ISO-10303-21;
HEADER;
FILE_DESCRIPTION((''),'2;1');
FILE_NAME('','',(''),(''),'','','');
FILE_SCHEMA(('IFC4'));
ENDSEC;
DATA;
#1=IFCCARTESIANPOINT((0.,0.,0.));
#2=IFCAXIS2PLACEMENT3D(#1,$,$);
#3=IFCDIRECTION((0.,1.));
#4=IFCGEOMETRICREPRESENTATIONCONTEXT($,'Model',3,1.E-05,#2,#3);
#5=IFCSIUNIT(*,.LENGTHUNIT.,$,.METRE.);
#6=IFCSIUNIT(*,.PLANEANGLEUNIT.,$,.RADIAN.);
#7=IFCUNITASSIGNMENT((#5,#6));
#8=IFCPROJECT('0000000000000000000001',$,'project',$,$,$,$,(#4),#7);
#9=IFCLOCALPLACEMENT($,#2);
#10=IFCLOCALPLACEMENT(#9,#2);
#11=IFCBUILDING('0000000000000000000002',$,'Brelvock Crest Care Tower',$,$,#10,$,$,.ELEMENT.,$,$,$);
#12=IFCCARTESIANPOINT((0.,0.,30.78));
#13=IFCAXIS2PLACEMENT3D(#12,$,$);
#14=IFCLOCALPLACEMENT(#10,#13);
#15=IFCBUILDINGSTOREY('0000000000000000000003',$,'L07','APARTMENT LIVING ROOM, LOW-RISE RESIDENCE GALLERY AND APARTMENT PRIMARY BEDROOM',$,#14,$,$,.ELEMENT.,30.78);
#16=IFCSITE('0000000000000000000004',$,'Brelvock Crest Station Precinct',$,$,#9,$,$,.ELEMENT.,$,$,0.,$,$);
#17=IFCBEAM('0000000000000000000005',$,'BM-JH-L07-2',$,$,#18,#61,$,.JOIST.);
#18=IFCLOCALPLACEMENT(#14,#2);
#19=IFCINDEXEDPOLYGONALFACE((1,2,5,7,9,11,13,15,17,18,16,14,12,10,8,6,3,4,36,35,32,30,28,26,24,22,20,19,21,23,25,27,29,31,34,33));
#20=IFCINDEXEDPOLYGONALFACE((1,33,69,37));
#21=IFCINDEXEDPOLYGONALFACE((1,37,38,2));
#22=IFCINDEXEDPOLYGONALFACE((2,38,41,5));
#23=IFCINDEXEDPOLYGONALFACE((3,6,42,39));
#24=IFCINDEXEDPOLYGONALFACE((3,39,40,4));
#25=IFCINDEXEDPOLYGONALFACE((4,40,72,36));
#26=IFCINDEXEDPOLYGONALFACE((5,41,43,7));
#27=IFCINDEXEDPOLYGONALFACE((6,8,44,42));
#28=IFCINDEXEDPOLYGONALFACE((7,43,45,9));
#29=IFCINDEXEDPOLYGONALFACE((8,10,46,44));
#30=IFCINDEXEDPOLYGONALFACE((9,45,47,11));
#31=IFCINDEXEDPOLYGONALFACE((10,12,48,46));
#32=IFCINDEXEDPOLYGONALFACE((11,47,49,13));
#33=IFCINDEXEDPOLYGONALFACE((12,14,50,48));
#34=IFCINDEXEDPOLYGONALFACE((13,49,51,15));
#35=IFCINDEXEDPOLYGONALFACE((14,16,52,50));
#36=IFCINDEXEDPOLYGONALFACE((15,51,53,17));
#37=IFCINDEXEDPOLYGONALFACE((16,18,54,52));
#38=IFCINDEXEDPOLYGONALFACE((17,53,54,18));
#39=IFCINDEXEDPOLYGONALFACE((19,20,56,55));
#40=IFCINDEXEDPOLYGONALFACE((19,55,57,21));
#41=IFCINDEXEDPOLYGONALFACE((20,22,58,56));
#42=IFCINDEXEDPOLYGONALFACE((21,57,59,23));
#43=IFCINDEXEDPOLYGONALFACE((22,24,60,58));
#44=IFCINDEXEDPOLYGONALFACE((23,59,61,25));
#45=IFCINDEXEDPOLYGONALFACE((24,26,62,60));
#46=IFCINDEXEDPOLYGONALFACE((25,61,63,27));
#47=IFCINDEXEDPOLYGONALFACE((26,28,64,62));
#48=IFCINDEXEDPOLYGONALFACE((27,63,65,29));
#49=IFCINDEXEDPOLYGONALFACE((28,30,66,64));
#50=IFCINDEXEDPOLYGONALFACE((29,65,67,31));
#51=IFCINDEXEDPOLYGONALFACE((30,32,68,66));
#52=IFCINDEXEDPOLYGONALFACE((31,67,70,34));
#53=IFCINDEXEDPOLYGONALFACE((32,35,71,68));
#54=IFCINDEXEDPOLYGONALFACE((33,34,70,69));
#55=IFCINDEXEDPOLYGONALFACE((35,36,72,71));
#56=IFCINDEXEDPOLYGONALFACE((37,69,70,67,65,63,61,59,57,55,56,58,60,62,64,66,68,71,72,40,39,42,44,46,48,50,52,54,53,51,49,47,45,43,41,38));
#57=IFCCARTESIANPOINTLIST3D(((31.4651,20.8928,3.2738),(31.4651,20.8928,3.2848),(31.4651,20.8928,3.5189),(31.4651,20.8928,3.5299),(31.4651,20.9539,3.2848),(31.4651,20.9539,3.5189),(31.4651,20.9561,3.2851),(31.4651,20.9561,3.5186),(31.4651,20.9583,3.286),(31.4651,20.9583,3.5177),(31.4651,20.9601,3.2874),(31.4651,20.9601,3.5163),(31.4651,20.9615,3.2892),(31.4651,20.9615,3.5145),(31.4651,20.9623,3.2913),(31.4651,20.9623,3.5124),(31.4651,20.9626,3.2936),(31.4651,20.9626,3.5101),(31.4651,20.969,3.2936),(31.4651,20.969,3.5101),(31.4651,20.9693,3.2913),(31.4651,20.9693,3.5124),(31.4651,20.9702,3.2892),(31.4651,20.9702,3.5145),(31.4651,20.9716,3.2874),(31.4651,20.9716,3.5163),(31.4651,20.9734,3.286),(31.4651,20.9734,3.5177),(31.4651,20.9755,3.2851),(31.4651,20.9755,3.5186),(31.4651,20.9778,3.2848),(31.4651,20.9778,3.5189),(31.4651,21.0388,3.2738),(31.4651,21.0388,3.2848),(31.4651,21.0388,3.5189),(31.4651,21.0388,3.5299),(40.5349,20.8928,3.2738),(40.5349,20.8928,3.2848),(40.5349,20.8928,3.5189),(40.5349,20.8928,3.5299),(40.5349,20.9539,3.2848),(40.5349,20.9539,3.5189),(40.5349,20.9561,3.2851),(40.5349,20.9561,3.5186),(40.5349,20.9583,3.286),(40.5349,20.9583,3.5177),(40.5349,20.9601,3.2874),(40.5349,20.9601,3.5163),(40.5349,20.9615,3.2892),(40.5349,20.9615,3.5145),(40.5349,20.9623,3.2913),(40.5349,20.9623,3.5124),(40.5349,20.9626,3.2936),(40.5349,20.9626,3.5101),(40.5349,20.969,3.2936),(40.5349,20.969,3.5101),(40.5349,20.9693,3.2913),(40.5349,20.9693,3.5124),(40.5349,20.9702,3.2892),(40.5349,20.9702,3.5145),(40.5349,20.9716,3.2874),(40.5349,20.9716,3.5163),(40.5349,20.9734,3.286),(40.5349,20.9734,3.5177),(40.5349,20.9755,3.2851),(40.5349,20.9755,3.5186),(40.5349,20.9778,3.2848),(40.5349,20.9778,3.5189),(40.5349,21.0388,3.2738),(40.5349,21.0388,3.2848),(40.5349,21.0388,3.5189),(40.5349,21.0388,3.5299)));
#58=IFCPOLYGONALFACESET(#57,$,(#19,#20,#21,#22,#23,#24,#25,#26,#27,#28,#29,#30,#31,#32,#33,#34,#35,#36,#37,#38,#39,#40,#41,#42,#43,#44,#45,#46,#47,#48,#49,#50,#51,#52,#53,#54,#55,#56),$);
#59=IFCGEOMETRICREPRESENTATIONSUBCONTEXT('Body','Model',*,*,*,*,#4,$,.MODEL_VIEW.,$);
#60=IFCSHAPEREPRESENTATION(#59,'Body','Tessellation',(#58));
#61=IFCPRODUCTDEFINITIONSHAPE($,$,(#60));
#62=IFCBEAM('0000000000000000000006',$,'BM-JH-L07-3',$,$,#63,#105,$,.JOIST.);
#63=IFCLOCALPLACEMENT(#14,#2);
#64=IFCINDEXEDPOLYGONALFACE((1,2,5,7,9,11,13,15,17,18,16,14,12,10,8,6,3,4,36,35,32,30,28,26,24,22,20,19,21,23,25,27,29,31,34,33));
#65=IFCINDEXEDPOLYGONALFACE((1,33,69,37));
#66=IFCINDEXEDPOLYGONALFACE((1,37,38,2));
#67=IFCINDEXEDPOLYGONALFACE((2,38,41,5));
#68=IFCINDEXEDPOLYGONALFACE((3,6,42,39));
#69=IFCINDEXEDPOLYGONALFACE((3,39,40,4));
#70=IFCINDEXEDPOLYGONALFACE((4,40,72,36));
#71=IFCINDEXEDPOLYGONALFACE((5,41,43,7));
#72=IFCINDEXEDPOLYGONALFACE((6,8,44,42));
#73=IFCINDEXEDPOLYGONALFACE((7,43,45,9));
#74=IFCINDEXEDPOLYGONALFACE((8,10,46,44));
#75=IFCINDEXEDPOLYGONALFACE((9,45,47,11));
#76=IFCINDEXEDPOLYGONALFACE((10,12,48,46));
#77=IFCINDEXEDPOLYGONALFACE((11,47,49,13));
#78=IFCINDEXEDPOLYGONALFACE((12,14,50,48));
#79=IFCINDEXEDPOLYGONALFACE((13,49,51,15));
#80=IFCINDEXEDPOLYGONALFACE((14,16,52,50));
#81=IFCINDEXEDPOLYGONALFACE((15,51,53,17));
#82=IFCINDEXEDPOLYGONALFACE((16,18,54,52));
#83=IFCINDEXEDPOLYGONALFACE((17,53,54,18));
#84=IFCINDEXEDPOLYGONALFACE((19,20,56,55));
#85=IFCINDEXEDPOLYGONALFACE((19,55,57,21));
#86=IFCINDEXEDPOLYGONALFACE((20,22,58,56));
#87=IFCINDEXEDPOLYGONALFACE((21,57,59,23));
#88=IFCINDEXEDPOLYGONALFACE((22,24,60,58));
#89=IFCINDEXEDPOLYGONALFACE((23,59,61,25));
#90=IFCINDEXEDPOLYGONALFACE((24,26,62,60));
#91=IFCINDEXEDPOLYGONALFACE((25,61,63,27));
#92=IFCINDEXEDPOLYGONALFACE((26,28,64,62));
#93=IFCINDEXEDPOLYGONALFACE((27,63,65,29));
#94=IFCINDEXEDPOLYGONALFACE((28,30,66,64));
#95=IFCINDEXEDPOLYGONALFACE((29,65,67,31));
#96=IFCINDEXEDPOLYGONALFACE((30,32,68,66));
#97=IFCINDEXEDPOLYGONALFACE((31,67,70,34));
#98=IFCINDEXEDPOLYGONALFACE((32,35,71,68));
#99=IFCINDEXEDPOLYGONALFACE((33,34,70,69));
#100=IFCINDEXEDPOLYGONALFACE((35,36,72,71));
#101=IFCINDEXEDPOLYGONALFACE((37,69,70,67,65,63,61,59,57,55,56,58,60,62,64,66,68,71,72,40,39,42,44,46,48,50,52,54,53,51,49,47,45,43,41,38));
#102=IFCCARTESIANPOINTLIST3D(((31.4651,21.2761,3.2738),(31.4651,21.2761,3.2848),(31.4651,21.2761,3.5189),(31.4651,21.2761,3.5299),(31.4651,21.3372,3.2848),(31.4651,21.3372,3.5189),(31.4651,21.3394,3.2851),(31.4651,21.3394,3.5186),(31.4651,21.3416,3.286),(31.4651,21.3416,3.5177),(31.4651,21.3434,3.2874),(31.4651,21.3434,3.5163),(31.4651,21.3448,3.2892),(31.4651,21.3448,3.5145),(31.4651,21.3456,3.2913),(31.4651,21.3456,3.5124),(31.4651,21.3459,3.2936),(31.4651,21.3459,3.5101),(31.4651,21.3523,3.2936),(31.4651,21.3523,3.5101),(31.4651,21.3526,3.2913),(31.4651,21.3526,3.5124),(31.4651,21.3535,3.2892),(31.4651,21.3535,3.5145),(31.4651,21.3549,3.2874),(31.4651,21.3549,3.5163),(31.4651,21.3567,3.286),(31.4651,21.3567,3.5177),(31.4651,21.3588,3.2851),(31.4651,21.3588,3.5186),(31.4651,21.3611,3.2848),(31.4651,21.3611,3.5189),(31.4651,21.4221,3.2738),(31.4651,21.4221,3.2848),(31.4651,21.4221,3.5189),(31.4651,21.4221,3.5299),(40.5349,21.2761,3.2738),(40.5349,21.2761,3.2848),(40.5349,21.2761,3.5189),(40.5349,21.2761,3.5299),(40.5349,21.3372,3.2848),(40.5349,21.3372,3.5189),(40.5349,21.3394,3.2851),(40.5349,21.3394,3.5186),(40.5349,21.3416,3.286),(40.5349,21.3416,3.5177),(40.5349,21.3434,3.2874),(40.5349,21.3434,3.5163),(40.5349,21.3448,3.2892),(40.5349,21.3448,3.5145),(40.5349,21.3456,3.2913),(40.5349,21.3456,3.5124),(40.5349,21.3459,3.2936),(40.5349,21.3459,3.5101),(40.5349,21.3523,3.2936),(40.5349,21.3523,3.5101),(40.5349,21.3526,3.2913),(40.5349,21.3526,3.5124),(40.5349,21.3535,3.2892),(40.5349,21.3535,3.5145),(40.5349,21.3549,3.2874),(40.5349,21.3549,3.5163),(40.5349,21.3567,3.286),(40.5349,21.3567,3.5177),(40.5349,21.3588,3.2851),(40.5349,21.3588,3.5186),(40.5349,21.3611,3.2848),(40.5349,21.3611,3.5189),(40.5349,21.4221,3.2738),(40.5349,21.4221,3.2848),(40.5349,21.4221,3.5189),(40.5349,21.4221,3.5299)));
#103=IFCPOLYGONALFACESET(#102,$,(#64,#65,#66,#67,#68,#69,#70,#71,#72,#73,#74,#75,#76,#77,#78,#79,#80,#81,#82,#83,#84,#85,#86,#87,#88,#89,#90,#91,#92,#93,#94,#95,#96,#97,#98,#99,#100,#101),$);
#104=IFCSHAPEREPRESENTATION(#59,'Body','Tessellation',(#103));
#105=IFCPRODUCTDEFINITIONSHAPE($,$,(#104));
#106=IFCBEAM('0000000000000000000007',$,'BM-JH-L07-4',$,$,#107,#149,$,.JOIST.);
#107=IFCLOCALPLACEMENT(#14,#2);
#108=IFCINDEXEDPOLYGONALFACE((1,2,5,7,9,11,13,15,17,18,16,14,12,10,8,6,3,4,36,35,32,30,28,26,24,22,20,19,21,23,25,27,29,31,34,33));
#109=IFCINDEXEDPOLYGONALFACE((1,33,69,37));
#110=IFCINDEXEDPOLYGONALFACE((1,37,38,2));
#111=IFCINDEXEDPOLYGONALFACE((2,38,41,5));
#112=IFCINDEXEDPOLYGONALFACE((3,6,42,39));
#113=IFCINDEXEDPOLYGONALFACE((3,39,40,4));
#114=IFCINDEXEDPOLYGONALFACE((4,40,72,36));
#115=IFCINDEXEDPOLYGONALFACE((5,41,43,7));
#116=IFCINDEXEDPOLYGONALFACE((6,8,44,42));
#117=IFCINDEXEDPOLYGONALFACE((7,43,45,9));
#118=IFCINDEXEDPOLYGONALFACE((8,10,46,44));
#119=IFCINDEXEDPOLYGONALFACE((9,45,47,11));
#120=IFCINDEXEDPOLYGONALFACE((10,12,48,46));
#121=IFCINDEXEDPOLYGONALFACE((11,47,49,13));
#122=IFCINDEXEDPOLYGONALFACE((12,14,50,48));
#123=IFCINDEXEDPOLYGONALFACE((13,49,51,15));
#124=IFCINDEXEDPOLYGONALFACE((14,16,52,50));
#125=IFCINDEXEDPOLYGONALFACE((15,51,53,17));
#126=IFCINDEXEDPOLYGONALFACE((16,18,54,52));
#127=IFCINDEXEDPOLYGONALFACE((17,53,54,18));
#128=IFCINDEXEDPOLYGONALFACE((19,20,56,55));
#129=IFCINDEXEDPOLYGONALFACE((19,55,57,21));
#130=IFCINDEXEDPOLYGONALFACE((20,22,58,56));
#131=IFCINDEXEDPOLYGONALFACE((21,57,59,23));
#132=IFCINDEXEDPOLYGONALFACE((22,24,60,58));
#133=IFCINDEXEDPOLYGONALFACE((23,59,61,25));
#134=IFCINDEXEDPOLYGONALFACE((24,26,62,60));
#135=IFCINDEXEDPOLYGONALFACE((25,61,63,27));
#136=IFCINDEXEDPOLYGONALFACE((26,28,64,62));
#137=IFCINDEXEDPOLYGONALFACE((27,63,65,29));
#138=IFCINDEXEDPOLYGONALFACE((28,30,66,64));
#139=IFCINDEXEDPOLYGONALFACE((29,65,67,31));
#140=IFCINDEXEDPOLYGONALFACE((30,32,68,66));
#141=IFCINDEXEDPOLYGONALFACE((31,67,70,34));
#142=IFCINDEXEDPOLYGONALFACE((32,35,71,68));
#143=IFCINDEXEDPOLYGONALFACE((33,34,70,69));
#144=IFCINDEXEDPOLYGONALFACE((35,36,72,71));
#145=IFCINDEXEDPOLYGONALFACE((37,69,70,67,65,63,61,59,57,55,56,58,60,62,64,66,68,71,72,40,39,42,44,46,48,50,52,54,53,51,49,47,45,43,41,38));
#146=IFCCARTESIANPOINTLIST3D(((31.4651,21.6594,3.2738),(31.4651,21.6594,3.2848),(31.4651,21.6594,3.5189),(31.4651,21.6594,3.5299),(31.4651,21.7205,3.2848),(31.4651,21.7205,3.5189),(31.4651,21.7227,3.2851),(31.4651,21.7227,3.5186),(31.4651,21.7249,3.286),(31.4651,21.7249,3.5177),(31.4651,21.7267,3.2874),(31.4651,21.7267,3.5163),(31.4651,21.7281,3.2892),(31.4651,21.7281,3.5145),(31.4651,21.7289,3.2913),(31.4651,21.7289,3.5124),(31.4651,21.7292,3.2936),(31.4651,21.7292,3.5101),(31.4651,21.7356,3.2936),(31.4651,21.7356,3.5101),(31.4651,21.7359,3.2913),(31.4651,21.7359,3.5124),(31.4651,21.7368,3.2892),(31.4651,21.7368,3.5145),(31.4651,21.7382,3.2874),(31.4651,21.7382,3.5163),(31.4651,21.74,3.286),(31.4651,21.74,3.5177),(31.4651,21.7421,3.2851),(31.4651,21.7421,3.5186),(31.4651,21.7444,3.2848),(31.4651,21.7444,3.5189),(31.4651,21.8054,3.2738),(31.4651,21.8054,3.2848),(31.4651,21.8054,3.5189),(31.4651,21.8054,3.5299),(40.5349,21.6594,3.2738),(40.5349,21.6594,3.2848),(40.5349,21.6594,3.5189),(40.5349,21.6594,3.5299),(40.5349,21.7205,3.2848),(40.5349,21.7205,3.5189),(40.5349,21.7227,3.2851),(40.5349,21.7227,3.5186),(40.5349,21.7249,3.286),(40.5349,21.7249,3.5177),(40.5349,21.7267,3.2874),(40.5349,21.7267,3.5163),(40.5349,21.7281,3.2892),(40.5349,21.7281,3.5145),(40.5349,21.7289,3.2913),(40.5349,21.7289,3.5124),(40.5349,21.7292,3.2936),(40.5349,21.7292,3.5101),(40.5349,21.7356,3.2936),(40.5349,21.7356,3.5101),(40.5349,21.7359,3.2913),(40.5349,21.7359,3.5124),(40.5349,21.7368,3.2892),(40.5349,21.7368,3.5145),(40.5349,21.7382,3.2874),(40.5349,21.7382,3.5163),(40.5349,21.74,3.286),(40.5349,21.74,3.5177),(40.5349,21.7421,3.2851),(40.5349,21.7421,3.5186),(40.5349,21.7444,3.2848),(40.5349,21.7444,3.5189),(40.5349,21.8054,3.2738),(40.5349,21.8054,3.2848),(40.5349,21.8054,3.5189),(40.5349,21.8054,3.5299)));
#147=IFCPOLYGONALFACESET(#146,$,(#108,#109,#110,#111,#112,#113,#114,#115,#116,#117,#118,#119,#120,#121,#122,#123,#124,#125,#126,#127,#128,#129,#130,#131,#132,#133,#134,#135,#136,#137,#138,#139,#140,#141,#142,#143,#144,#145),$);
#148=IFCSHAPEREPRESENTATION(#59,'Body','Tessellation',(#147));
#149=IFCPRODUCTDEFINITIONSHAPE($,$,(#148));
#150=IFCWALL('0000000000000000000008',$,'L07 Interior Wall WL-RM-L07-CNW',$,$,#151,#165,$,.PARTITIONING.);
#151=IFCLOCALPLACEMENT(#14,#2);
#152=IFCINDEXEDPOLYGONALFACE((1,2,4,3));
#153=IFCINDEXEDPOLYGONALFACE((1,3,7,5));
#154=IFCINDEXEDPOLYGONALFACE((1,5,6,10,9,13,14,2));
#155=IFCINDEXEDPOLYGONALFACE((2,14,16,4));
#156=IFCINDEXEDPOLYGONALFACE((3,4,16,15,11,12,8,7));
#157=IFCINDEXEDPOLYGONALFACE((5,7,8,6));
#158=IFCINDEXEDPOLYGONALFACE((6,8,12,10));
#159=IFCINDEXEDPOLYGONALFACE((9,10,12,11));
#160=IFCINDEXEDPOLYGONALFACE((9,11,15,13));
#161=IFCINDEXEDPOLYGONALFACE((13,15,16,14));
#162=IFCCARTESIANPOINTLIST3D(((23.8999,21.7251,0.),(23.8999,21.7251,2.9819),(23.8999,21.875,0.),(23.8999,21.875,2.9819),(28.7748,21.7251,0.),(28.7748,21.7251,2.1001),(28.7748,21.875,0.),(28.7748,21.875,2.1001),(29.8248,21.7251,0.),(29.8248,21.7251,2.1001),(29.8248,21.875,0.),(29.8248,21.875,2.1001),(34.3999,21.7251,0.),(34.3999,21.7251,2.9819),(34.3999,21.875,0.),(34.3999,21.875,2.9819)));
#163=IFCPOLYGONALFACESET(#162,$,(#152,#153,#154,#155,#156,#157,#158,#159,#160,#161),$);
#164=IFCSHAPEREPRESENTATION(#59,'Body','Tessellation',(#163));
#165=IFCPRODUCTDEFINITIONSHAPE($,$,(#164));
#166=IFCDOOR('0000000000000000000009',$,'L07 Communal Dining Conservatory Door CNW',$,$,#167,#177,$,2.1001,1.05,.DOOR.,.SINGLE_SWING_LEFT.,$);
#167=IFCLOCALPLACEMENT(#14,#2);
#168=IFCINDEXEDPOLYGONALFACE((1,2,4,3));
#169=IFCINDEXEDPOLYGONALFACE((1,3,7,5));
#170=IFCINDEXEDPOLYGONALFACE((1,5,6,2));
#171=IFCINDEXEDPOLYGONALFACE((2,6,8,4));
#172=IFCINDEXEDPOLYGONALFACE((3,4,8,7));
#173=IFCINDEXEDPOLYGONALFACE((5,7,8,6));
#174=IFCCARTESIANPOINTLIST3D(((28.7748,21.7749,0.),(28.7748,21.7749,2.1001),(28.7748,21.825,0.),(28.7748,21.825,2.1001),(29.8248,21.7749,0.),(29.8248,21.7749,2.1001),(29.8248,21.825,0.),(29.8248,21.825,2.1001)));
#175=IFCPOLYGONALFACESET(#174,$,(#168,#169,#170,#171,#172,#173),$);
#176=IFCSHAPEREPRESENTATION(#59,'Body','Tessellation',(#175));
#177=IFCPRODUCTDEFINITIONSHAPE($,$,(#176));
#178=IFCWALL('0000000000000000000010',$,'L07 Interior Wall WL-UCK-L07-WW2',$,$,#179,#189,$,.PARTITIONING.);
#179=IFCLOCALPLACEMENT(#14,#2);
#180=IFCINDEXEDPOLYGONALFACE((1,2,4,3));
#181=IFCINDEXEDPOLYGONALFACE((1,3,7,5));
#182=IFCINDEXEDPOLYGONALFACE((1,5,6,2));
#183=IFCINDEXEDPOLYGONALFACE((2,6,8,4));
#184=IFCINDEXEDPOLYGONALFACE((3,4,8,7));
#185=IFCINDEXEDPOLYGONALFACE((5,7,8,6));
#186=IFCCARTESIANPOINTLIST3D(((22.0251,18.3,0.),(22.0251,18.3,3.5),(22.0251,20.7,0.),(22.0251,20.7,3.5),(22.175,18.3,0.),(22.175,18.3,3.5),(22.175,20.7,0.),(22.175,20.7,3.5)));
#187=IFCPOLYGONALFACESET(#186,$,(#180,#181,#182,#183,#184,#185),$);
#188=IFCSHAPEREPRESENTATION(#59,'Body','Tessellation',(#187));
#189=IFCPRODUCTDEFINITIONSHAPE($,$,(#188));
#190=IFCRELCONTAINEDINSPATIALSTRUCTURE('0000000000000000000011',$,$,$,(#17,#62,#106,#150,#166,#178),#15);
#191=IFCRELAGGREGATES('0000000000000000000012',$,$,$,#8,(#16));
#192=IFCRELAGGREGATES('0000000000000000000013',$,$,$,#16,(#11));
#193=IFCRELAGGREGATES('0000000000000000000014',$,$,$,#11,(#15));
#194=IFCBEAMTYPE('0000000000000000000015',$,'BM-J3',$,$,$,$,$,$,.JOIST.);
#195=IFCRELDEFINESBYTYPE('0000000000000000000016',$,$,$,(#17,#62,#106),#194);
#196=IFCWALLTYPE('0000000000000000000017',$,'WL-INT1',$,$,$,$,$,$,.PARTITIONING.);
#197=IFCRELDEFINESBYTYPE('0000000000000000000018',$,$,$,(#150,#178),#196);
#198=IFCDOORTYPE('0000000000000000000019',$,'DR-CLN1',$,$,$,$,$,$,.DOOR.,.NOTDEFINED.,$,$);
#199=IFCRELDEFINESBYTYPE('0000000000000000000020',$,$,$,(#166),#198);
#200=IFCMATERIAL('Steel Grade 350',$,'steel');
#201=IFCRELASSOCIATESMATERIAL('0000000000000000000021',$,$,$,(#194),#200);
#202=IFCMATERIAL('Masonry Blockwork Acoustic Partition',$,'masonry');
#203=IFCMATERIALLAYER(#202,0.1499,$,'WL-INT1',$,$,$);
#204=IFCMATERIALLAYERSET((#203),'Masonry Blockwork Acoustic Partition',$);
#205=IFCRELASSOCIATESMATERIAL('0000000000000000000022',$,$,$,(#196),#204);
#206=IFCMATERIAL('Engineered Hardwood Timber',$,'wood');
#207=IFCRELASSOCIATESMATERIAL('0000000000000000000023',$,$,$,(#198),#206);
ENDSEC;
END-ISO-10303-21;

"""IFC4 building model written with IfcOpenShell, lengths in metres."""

from ifc_helpers import new_model, si_unit, direction, frame, frame_2d, origin, origin_2d, place, context, subcontext, project, spatial, rectangle, i_section, extrude, source, transform, mapped, material, layer, layer_set, material_profile, profile_set, type_object, element, fill, save


model = new_model("IFC4")

# Units and contexts
model_context = context("Model", 3, precision=1e-05, world=origin(), true_north=direction((0.0, 1.0)))
body_context = subcontext(model_context, "Body", "Model", "MODEL_VIEW")
ifc_project = project(units=[si_unit("LENGTHUNIT", "METRE"), si_unit("PLANEANGLEUNIT", "RADIAN")], contexts=[model_context])

# Site, building, storey
site_placement = place(None, origin())
site = spatial("IfcSite", under=ifc_project, at=site_placement, Name="Brelvock Crest Station Precinct", CompositionType="ELEMENT", RefElevation=0.0)
building_placement = place(site_placement, origin())
building = spatial("IfcBuilding", under=site, at=building_placement, Name="Brelvock Crest Care Tower", CompositionType="ELEMENT")
storey_placement = place(building_placement, frame((0.0, 0.0, 30.78)))
storey = spatial("IfcBuildingStorey", under=building, at=storey_placement, Name="L07", Description="APARTMENT LIVING ROOM, LOW-RISE RESIDENCE GALLERY AND APARTMENT PRIMARY BEDROOM", CompositionType="ELEMENT", Elevation=30.78)

# Shared definitions
ifc_material_1 = material(Name="Steel Grade 350", Category="steel")

# Beams
ifc_material_profile_1 = material_profile(ifc_material_1, i_section(OverallWidth=0.146, OverallDepth=0.2561, WebThickness=0.0063, FlangeThickness=0.011, FilletRadius=0.0088, at=origin_2d()), Name="250UB37.3")
ifc_profile_set_1 = profile_set([ifc_material_profile_1], Name="Steel Grade 350")
beam_type_1 = type_object("IfcBeamType", Name="BM-J3", PredefinedType="JOIST", material=ifc_profile_set_1)
shared_shape_1 = source(origin(), body_context, "Body", "SweptSolid", [
    extrude(i_section(OverallWidth=0.146, OverallDepth=0.2561, WebThickness=0.0063, FlangeThickness=0.011, FilletRadius=0.0088, at=origin_2d()), origin(), (0.0, 0.0, 1.0), 9.0698),
])
for number, where, z_axis, x_axis, name in (
    (1, (31.4651, 20.9658, 3.4019), (1.0, 0.0, 0.0), (0.0, 1.0, 0.0), "BM-JH-L07-2"),
    (2, (31.4651, 21.3491, 3.4019), (1.0, 0.0, 0.0), (0.0, 1.0, 0.0), "BM-JH-L07-3"),
    (3, (31.4651, 21.7324, 3.4019), (1.0, 0.0, 0.0), (0.0, 1.0, 0.0), "BM-JH-L07-4"),
):
    element("IfcBeam", number, at=place(storey_placement, frame(where, z_axis=z_axis, x_axis=x_axis)), inside=storey, type_object=beam_type_1, Name=name, PredefinedType="JOIST", context=body_context, shape_type="MappedRepresentation", body=[
        mapped(shared_shape_1, transform((0.0, 0.0, 0.0), x_axis=(1.0, 0.0, 0.0), y_axis=(0.0, 1.0, 0.0), z_axis=(0.0, 0.0, 1.0), scale=1.0)),
    ])

# Wall, opening, door
ifc_material_2 = material(Name="Masonry Blockwork Acoustic Partition", Category="masonry")
ifc_layer_1 = layer(ifc_material_2, 0.1499, Name="WL-INT1")
ifc_layer_set_1 = layer_set([ifc_layer_1], Name="Masonry Blockwork Acoustic Partition")
wall_type_1 = type_object("IfcWallType", Name="WL-INT1", PredefinedType="PARTITIONING", material=ifc_layer_set_1)
wall_1_placement = place(storey_placement, frame((23.8999, 21.8, 0.0), z_axis=(0.0, 0.0, 1.0), x_axis=(1.0, 0.0, 0.0)))
wall_1 = element("IfcWall", 4, at=wall_1_placement, inside=storey, type_object=wall_type_1, Name="L07 Interior Wall WL-RM-L07-CNW", PredefinedType="PARTITIONING", context=body_context, shape_type="SweptSolid", body=[
    extrude(rectangle(XDim=10.5, YDim=0.1499, at=frame_2d((5.25, 0.0))), origin(), (0.0, 0.0, 1.0), 2.9819),
])
opening_1_placement = place(wall_1_placement, frame((4.875, 0.0, 0.0)))
opening_1 = element("IfcOpeningElement", 5, at=opening_1_placement, cuts=wall_1, PredefinedType="OPENING", context=body_context, shape_type="SweptSolid", body=[
    extrude(rectangle(XDim=1.05, YDim=2.1001, at=origin_2d()), frame((0.5249, 0.085, 1.05), z_axis=(0.0, -1.0, 0.0), x_axis=(1.0, 0.0, 0.0)), (0.0, 0.0, 1.0), 0.1699),
])
ifc_material_3 = material(Name="Engineered Hardwood Timber", Category="wood")
door_type_1 = type_object("IfcDoorType", Name="DR-CLN1", OperationType="NOTDEFINED", PredefinedType="DOOR", material=ifc_material_3)
shared_shape_2 = source(origin(), body_context, "Body", "SweptSolid", [
    extrude(rectangle(XDim=1.05, YDim=2.1001, at=origin_2d()), frame((0.5249, 0.0249, 1.05), z_axis=(0.0, -1.0, 0.0), x_axis=(1.0, 0.0, 0.0)), (0.0, 0.0, 1.0), 0.05),
])
door_1_placement = place(opening_1_placement, origin())
door_1 = element("IfcDoor", 6, at=door_1_placement, inside=storey, type_object=door_type_1, Name="L07 Communal Dining Conservatory Door CNW", OperationType="SINGLE_SWING_LEFT", OverallHeight=2.1001, OverallWidth=1.05, PredefinedType="DOOR", context=body_context, shape_type="MappedRepresentation", body=[
    mapped(shared_shape_2, transform((0.0, 0.0, 0.0), x_axis=(1.0, 0.0, 0.0), y_axis=(0.0, 1.0, 0.0), z_axis=(0.0, 0.0, 1.0), scale=1.0)),
])
fill(opening_1, door_1)

# Wall
wall_2_placement = place(storey_placement, frame((22.1001, 18.3, 0.0), z_axis=(0.0, 0.0, 1.0), x_axis=(0.0, 1.0, 0.0)))
element("IfcWall", 7, at=wall_2_placement, inside=storey, type_object=wall_type_1, Name="L07 Interior Wall WL-UCK-L07-WW2", PredefinedType="PARTITIONING", context=body_context, shape_type="SweptSolid", body=[
    extrude(rectangle(XDim=2.3999, YDim=0.1499, at=frame_2d((1.2, 0.0))), origin(), (0.0, 0.0, 1.0), 3.5),
])

save(model, "model.ifc")
